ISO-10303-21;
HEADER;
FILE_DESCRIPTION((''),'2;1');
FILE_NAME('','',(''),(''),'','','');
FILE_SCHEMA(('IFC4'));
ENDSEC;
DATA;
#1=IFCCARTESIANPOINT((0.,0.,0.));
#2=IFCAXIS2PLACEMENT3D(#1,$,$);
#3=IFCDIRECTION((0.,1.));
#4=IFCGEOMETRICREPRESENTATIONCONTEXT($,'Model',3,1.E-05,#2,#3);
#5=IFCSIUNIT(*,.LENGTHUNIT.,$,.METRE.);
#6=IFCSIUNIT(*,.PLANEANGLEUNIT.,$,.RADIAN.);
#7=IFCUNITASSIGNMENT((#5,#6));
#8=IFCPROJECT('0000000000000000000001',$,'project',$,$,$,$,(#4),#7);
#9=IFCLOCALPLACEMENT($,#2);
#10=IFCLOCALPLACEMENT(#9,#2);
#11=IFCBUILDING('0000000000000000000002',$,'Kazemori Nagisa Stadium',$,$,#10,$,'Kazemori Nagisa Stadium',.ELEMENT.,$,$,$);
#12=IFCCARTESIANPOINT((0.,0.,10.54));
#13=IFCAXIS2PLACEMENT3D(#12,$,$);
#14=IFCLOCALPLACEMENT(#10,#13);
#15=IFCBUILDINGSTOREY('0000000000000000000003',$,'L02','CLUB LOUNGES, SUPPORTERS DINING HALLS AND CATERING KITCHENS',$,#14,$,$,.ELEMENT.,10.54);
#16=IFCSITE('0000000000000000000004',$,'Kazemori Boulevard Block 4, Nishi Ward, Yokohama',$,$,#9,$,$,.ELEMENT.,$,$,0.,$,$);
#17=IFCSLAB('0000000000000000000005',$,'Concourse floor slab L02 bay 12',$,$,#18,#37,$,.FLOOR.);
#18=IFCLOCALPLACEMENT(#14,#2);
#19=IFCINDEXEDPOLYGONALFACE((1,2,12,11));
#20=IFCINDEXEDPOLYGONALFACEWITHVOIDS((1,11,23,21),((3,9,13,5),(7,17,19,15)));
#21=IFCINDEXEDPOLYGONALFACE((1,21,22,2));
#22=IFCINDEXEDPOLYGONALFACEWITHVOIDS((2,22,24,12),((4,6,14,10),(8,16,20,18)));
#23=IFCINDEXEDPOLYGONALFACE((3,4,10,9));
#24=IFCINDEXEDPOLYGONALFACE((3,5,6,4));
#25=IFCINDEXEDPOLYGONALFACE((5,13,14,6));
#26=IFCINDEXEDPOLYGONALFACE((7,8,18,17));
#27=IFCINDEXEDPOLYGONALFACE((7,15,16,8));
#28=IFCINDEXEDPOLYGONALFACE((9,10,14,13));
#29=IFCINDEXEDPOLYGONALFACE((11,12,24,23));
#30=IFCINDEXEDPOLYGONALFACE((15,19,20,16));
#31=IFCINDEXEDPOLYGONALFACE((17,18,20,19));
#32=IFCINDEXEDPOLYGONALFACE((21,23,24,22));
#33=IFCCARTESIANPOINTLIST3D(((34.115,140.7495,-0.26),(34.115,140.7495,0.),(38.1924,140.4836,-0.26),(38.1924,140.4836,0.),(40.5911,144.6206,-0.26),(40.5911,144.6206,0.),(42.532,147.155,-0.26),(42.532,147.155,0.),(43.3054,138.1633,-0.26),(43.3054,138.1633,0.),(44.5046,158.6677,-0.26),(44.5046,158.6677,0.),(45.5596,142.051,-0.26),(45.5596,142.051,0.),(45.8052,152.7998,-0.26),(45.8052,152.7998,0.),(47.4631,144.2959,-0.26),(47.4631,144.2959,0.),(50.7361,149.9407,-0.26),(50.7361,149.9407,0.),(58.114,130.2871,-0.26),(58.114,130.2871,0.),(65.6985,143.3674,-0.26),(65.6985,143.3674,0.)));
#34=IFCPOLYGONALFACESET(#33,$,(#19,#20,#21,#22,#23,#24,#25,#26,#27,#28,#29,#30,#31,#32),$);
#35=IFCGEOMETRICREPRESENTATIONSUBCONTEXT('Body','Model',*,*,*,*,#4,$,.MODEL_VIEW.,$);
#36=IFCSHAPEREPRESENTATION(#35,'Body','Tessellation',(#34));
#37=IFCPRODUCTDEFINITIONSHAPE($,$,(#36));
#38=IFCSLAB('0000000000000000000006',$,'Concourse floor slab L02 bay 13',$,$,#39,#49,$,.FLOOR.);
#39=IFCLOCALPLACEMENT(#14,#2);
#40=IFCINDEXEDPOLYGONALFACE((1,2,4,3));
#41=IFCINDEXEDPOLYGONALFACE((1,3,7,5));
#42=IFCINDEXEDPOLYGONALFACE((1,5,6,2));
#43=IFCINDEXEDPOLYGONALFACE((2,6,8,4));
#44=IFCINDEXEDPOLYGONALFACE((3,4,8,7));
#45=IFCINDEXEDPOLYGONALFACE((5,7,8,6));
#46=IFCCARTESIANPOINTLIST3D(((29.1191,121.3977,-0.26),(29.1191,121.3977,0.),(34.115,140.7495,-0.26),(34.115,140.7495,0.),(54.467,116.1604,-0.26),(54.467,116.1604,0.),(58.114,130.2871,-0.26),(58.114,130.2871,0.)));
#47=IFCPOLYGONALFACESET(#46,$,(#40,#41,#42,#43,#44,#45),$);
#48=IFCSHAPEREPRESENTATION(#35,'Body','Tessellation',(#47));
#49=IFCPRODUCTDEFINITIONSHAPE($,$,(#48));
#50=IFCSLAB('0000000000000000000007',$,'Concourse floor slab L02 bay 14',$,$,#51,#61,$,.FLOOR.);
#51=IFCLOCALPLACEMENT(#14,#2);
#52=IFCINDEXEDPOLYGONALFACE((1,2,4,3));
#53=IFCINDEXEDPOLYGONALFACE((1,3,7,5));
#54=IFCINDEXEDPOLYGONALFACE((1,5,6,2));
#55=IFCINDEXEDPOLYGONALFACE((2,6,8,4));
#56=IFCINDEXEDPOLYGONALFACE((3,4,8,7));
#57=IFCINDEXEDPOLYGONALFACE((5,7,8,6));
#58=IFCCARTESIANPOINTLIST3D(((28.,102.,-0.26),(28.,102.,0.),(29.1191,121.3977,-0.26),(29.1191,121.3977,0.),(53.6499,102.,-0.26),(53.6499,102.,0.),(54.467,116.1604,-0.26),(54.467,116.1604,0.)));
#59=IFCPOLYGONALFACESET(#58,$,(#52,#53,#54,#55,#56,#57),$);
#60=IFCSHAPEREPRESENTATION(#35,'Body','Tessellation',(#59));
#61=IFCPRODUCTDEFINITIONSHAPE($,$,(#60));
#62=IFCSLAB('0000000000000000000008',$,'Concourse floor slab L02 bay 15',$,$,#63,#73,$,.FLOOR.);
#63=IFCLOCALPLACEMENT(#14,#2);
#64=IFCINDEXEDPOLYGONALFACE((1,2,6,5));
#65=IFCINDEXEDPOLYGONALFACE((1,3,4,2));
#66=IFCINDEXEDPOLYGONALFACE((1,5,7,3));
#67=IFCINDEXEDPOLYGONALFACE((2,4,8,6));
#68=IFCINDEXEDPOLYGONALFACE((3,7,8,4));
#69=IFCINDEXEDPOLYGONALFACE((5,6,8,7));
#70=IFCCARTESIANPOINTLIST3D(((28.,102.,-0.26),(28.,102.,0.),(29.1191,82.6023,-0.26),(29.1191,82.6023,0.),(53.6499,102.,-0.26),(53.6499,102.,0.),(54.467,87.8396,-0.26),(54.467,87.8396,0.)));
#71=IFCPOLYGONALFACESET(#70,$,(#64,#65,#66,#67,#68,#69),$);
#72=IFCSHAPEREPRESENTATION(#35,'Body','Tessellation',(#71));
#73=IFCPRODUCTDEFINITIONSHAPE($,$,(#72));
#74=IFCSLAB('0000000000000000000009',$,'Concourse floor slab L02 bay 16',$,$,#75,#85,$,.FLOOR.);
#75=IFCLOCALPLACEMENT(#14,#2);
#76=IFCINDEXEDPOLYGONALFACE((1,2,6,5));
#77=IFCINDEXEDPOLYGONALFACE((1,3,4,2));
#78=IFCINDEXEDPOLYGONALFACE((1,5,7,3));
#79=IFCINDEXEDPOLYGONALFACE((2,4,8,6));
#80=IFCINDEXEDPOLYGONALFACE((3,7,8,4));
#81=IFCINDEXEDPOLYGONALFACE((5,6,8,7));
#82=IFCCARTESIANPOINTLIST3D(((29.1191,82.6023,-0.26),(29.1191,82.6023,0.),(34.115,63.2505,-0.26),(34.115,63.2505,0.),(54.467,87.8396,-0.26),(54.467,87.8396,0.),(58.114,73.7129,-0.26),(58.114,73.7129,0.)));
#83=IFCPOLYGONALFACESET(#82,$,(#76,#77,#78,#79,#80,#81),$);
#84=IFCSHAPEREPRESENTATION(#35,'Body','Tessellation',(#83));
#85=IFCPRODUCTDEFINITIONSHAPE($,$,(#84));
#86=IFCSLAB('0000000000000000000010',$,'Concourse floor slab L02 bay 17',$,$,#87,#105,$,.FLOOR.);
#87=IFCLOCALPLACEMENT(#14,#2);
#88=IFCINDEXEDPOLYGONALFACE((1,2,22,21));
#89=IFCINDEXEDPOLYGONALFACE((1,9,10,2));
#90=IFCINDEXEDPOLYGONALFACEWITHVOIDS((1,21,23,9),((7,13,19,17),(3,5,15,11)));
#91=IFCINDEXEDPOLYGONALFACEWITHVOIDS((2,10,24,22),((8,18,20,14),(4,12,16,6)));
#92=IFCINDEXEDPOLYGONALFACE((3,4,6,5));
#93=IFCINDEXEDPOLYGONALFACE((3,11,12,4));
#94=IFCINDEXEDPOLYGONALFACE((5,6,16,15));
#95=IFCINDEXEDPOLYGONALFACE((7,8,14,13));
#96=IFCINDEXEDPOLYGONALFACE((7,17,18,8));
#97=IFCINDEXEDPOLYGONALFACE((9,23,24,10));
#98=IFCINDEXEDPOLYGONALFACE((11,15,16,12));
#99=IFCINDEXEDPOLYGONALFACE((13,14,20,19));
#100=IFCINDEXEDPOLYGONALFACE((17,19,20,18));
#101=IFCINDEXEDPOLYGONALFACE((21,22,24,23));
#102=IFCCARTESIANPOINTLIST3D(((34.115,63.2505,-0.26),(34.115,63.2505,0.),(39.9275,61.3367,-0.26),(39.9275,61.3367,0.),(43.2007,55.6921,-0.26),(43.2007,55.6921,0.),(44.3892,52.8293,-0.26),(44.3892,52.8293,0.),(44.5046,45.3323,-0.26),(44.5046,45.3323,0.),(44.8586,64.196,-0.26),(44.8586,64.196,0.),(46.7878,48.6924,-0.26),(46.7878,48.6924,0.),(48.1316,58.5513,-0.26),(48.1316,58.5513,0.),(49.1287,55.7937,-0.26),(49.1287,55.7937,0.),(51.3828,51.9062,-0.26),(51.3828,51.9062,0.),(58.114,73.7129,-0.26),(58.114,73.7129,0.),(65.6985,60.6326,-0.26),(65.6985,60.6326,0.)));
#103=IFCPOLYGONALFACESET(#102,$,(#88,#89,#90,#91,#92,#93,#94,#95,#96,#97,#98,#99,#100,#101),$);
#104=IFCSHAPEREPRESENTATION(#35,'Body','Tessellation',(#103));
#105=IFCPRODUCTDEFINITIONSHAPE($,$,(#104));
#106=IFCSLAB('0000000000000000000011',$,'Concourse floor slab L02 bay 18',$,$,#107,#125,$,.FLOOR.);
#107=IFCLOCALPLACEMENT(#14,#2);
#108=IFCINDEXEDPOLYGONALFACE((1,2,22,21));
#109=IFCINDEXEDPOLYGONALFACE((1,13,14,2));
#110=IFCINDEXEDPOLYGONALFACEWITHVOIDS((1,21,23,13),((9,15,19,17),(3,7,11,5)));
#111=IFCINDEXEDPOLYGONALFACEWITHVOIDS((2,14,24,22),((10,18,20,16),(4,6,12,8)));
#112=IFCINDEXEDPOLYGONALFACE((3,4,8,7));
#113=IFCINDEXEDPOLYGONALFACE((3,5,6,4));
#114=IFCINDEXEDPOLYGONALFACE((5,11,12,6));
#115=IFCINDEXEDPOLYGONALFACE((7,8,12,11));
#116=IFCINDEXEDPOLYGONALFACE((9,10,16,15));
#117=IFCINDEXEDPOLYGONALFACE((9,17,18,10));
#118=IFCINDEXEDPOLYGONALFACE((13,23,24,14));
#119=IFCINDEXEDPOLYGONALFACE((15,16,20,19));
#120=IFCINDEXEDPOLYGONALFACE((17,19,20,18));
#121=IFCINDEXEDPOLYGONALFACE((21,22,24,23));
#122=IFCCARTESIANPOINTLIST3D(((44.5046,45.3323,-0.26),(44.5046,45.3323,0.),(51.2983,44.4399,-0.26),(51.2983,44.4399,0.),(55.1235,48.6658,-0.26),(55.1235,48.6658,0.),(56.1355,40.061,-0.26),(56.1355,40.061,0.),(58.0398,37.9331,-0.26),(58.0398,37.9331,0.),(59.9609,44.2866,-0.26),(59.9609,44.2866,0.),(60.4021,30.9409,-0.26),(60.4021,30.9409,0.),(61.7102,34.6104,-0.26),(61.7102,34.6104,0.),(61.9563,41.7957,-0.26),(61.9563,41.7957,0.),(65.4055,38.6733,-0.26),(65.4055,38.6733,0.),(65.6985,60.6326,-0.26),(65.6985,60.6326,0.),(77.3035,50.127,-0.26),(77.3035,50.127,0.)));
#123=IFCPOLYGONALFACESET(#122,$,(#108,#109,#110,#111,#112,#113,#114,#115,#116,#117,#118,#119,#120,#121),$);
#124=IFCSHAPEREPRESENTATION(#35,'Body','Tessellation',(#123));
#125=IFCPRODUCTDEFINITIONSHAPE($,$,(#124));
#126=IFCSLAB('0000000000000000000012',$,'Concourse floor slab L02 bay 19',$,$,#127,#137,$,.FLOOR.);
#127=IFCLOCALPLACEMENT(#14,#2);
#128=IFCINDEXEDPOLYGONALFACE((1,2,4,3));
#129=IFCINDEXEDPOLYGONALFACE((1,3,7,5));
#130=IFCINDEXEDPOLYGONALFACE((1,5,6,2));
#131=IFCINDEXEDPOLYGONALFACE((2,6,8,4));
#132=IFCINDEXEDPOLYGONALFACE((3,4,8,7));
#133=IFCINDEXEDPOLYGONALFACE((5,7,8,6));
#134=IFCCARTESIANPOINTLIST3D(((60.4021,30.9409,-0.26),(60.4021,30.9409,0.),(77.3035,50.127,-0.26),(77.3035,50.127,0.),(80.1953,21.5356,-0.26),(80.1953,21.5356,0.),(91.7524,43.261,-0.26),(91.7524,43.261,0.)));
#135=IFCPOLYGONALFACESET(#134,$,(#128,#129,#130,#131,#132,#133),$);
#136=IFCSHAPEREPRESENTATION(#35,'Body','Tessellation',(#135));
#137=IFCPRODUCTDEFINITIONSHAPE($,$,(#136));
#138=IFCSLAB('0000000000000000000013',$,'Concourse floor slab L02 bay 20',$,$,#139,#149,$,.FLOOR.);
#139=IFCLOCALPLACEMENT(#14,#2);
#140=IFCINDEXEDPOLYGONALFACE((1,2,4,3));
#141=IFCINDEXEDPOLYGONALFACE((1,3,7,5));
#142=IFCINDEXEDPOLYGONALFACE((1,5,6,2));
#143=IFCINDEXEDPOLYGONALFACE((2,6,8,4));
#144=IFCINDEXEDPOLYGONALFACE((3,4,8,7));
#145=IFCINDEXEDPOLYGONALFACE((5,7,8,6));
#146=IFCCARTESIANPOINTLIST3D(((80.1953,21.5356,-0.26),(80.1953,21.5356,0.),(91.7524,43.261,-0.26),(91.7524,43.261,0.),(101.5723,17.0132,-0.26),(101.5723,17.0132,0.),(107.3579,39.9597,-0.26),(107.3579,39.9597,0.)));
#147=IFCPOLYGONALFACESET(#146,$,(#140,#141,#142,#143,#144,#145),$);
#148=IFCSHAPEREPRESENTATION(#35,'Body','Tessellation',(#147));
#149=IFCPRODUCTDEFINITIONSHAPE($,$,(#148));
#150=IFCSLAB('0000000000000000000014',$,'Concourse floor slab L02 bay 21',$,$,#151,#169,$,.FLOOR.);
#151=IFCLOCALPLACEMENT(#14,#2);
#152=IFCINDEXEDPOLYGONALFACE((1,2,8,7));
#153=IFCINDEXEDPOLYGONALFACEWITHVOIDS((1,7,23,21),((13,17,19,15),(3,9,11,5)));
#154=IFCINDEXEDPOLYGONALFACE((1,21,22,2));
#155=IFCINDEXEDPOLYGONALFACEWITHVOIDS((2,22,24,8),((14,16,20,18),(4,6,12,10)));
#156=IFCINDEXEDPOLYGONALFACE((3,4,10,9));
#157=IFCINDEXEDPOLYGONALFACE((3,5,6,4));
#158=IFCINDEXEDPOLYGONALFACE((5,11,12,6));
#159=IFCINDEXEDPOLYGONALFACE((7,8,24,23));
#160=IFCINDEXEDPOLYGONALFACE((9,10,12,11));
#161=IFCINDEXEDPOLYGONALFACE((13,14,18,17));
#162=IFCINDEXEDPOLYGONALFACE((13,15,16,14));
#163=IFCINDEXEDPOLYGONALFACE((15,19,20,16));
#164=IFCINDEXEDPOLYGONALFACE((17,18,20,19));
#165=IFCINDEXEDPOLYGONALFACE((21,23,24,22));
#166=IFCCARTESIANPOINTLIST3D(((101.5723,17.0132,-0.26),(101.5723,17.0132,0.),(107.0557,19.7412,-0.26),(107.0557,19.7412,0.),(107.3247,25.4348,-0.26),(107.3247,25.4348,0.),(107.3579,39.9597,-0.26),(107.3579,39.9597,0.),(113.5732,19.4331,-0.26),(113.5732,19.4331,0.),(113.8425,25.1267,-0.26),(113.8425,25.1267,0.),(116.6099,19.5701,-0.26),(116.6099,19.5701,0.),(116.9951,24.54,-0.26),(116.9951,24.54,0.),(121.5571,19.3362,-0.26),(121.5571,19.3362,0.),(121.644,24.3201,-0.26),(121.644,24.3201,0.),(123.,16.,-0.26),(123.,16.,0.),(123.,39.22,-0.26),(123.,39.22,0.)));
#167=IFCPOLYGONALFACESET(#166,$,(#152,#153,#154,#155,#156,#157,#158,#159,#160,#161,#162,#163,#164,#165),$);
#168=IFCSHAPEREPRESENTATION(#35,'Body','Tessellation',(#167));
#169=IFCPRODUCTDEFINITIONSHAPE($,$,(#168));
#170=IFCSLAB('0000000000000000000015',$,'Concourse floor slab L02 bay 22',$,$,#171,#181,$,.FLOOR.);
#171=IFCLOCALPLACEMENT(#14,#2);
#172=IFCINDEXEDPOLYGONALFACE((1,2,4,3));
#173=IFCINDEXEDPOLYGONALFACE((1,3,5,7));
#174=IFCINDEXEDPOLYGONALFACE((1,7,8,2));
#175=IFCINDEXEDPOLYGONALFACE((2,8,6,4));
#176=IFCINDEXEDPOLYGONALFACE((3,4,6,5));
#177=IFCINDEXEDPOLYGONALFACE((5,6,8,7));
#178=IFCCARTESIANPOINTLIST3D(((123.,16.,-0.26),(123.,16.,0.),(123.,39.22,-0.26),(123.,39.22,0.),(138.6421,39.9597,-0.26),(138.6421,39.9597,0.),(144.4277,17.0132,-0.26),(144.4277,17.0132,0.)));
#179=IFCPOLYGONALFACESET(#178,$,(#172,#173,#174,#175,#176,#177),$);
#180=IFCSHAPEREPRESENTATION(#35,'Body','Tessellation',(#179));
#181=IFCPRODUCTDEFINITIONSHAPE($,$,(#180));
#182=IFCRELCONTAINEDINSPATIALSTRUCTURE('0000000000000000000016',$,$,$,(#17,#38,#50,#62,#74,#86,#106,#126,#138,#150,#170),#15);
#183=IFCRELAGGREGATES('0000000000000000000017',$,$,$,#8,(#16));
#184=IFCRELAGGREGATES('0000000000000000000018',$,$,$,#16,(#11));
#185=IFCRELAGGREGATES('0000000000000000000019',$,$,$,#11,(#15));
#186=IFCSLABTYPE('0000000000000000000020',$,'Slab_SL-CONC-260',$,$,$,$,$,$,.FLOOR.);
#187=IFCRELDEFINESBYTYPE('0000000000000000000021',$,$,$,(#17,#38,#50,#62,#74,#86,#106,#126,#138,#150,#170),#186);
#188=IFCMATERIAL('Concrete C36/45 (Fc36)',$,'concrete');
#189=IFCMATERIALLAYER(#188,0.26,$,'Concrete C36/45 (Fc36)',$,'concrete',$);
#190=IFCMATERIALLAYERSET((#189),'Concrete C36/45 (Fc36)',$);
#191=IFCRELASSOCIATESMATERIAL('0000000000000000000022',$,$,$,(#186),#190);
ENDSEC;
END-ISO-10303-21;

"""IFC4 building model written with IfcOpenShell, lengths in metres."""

from ifc_helpers import new_model, si_unit, direction, frame, origin, place, context, subcontext, project, spatial, polyline, outline, extrude, material, layer, layer_set, type_object, element, save


model = new_model("IFC4")

# Units and contexts
model_context = context("Model", 3, precision=1e-05, world=origin(), true_north=direction((0.0, 1.0)))
body_context = subcontext(model_context, "Body", "Model", "MODEL_VIEW")
ifc_project = project(units=[si_unit("LENGTHUNIT", "METRE"), si_unit("PLANEANGLEUNIT", "RADIAN")], contexts=[model_context])

# Site, building, storey
site_placement = place(None, origin())
site = spatial("IfcSite", under=ifc_project, at=site_placement, Name="Kazemori Boulevard Block 4, Nishi Ward, Yokohama", CompositionType="ELEMENT", RefElevation=0.0)
building_placement = place(site_placement, origin())
building = spatial("IfcBuilding", under=site, at=building_placement, Name="Kazemori Nagisa Stadium", LongName="Kazemori Nagisa Stadium", CompositionType="ELEMENT")
storey_placement = place(building_placement, frame((0.0, 0.0, 10.54)))
storey = spatial("IfcBuildingStorey", under=building, at=storey_placement, Name="L02", Description="CLUB LOUNGES, SUPPORTERS DINING HALLS AND CATERING KITCHENS", CompositionType="ELEMENT", Elevation=10.54)

# Slabs
ifc_material = material(Name="Concrete C36/45 (Fc36)", Category="concrete")
ifc_layer = layer(ifc_material, 0.26, Name="Concrete C36/45 (Fc36)", Category="concrete")
ifc_layer_set = layer_set([ifc_layer], Name="Concrete C36/45 (Fc36)")
slab_type = type_object("IfcSlabType", Name="Slab_SL-CONC-260", PredefinedType="FLOOR", material=ifc_layer_set)
slab_1_placement = place(storey_placement, frame((0.0, 0.0, -0.26)))
element("IfcSlab", 1, at=slab_1_placement, inside=storey, type_object=slab_type, Name="Concourse floor slab L02 bay 12", PredefinedType="FLOOR", context=body_context, shape_type="SweptSolid", body=[
    extrude(outline(polyline([(65.6985, 143.3674), (58.114, 130.2871), (34.115, 140.7495), (44.5046, 158.6677), (65.6985, 143.3674)]), holes=[polyline([(50.7361, 149.9407), (47.4631, 144.2959), (42.532, 147.155), (45.8052, 152.7998), (50.7361, 149.9407)]), polyline([(45.5596, 142.051), (43.3054, 138.1633), (38.1924, 140.4836), (40.5911, 144.6206), (45.5596, 142.051)])]), origin(), (0.0, 0.0, 1.0), 0.26),
])
slab_2_placement = place(storey_placement, frame((0.0, 0.0, -0.26)))
element("IfcSlab", 2, at=slab_2_placement, inside=storey, type_object=slab_type, Name="Concourse floor slab L02 bay 13", PredefinedType="FLOOR", context=body_context, shape_type="SweptSolid", body=[
    extrude(outline(polyline([(58.114, 130.2871), (54.467, 116.1604), (29.1191, 121.3977), (34.115, 140.7495), (58.114, 130.2871)])), origin(), (0.0, 0.0, 1.0), 0.26),
])
slab_3_placement = place(storey_placement, frame((0.0, 0.0, -0.26)))
element("IfcSlab", 3, at=slab_3_placement, inside=storey, type_object=slab_type, Name="Concourse floor slab L02 bay 14", PredefinedType="FLOOR", context=body_context, shape_type="SweptSolid", body=[
    extrude(outline(polyline([(54.467, 116.1604), (53.6499, 102.0), (28.0, 102.0), (29.1191, 121.3977), (54.467, 116.1604)])), origin(), (0.0, 0.0, 1.0), 0.26),
])
slab_4_placement = place(storey_placement, frame((0.0, 0.0, -0.26)))
element("IfcSlab", 4, at=slab_4_placement, inside=storey, type_object=slab_type, Name="Concourse floor slab L02 bay 15", PredefinedType="FLOOR", context=body_context, shape_type="SweptSolid", body=[
    extrude(outline(polyline([(53.6499, 102.0), (54.467, 87.8396), (29.1191, 82.6023), (28.0, 102.0), (53.6499, 102.0)])), origin(), (0.0, 0.0, 1.0), 0.26),
])
slab_5_placement = place(storey_placement, frame((0.0, 0.0, -0.26)))
element("IfcSlab", 5, at=slab_5_placement, inside=storey, type_object=slab_type, Name="Concourse floor slab L02 bay 16", PredefinedType="FLOOR", context=body_context, shape_type="SweptSolid", body=[
    extrude(outline(polyline([(54.467, 87.8396), (58.114, 73.7129), (34.115, 63.2505), (29.1191, 82.6023), (54.467, 87.8396)])), origin(), (0.0, 0.0, 1.0), 0.26),
])
slab_6_placement = place(storey_placement, frame((0.0, 0.0, -0.26)))
element("IfcSlab", 6, at=slab_6_placement, inside=storey, type_object=slab_type, Name="Concourse floor slab L02 bay 17", PredefinedType="FLOOR", context=body_context, shape_type="SweptSolid", body=[
    extrude(outline(polyline([(58.114, 73.7129), (65.6985, 60.6326), (44.5046, 45.3323), (34.115, 63.2505), (58.114, 73.7129)]), holes=[polyline([(44.8586, 64.196), (48.1316, 58.5513), (43.2007, 55.6921), (39.9275, 61.3367), (44.8586, 64.196)]), polyline([(49.1287, 55.7937), (51.3828, 51.9062), (46.7878, 48.6924), (44.3892, 52.8293), (49.1287, 55.7937)])]), origin(), (0.0, 0.0, 1.0), 0.26),
])
slab_7_placement = place(storey_placement, frame((0.0, 0.0, -0.26)))
element("IfcSlab", 7, at=slab_7_placement, inside=storey, type_object=slab_type, Name="Concourse floor slab L02 bay 18", PredefinedType="FLOOR", context=body_context, shape_type="SweptSolid", body=[
    extrude(outline(polyline([(65.6985, 60.6326), (77.3035, 50.127), (60.4021, 30.9409), (44.5046, 45.3323), (65.6985, 60.6326)]), holes=[polyline([(55.1235, 48.6658), (59.9609, 44.2866), (56.1355, 40.061), (51.2983, 44.4399), (55.1235, 48.6658)]), polyline([(61.9563, 41.7957), (65.4055, 38.6733), (61.7102, 34.6104), (58.0398, 37.9331), (61.9563, 41.7957)])]), origin(), (0.0, 0.0, 1.0), 0.26),
])
slab_8_placement = place(storey_placement, frame((0.0, 0.0, -0.26)))
element("IfcSlab", 8, at=slab_8_placement, inside=storey, type_object=slab_type, Name="Concourse floor slab L02 bay 19", PredefinedType="FLOOR", context=body_context, shape_type="SweptSolid", body=[
    extrude(outline(polyline([(77.3035, 50.127), (91.7524, 43.261), (80.1953, 21.5356), (60.4021, 30.9409), (77.3035, 50.127)])), origin(), (0.0, 0.0, 1.0), 0.26),
])
slab_9_placement = place(storey_placement, frame((0.0, 0.0, -0.26)))
element("IfcSlab", 9, at=slab_9_placement, inside=storey, type_object=slab_type, Name="Concourse floor slab L02 bay 20", PredefinedType="FLOOR", context=body_context, shape_type="SweptSolid", body=[
    extrude(outline(polyline([(91.7524, 43.261), (107.3579, 39.9597), (101.5723, 17.0132), (80.1953, 21.5356), (91.7524, 43.261)])), origin(), (0.0, 0.0, 1.0), 0.26),
])
slab_10_placement = place(storey_placement, frame((0.0, 0.0, -0.26)))
element("IfcSlab", 10, at=slab_10_placement, inside=storey, type_object=slab_type, Name="Concourse floor slab L02 bay 21", PredefinedType="FLOOR", context=body_context, shape_type="SweptSolid", body=[
    extrude(outline(polyline([(107.3579, 39.9597), (123.0, 39.22), (123.0, 16.0), (101.5723, 17.0132), (107.3579, 39.9597)]), holes=[polyline([(107.3247, 25.4348), (113.8425, 25.1267), (113.5732, 19.4331), (107.0557, 19.7412), (107.3247, 25.4348)]), polyline([(116.9951, 24.54), (121.644, 24.3201), (121.5571, 19.3362), (116.6099, 19.5701), (116.9951, 24.54)])]), origin(), (0.0, 0.0, 1.0), 0.26),
])
slab_11_placement = place(storey_placement, frame((0.0, 0.0, -0.26)))
element("IfcSlab", 11, at=slab_11_placement, inside=storey, type_object=slab_type, Name="Concourse floor slab L02 bay 22", PredefinedType="FLOOR", context=body_context, shape_type="SweptSolid", body=[
    extrude(outline(polyline([(123.0, 39.22), (138.6421, 39.9597), (144.4277, 17.0132), (123.0, 16.0), (123.0, 39.22)])), origin(), (0.0, 0.0, 1.0), 0.26),
])

save(model, "model.ifc")
